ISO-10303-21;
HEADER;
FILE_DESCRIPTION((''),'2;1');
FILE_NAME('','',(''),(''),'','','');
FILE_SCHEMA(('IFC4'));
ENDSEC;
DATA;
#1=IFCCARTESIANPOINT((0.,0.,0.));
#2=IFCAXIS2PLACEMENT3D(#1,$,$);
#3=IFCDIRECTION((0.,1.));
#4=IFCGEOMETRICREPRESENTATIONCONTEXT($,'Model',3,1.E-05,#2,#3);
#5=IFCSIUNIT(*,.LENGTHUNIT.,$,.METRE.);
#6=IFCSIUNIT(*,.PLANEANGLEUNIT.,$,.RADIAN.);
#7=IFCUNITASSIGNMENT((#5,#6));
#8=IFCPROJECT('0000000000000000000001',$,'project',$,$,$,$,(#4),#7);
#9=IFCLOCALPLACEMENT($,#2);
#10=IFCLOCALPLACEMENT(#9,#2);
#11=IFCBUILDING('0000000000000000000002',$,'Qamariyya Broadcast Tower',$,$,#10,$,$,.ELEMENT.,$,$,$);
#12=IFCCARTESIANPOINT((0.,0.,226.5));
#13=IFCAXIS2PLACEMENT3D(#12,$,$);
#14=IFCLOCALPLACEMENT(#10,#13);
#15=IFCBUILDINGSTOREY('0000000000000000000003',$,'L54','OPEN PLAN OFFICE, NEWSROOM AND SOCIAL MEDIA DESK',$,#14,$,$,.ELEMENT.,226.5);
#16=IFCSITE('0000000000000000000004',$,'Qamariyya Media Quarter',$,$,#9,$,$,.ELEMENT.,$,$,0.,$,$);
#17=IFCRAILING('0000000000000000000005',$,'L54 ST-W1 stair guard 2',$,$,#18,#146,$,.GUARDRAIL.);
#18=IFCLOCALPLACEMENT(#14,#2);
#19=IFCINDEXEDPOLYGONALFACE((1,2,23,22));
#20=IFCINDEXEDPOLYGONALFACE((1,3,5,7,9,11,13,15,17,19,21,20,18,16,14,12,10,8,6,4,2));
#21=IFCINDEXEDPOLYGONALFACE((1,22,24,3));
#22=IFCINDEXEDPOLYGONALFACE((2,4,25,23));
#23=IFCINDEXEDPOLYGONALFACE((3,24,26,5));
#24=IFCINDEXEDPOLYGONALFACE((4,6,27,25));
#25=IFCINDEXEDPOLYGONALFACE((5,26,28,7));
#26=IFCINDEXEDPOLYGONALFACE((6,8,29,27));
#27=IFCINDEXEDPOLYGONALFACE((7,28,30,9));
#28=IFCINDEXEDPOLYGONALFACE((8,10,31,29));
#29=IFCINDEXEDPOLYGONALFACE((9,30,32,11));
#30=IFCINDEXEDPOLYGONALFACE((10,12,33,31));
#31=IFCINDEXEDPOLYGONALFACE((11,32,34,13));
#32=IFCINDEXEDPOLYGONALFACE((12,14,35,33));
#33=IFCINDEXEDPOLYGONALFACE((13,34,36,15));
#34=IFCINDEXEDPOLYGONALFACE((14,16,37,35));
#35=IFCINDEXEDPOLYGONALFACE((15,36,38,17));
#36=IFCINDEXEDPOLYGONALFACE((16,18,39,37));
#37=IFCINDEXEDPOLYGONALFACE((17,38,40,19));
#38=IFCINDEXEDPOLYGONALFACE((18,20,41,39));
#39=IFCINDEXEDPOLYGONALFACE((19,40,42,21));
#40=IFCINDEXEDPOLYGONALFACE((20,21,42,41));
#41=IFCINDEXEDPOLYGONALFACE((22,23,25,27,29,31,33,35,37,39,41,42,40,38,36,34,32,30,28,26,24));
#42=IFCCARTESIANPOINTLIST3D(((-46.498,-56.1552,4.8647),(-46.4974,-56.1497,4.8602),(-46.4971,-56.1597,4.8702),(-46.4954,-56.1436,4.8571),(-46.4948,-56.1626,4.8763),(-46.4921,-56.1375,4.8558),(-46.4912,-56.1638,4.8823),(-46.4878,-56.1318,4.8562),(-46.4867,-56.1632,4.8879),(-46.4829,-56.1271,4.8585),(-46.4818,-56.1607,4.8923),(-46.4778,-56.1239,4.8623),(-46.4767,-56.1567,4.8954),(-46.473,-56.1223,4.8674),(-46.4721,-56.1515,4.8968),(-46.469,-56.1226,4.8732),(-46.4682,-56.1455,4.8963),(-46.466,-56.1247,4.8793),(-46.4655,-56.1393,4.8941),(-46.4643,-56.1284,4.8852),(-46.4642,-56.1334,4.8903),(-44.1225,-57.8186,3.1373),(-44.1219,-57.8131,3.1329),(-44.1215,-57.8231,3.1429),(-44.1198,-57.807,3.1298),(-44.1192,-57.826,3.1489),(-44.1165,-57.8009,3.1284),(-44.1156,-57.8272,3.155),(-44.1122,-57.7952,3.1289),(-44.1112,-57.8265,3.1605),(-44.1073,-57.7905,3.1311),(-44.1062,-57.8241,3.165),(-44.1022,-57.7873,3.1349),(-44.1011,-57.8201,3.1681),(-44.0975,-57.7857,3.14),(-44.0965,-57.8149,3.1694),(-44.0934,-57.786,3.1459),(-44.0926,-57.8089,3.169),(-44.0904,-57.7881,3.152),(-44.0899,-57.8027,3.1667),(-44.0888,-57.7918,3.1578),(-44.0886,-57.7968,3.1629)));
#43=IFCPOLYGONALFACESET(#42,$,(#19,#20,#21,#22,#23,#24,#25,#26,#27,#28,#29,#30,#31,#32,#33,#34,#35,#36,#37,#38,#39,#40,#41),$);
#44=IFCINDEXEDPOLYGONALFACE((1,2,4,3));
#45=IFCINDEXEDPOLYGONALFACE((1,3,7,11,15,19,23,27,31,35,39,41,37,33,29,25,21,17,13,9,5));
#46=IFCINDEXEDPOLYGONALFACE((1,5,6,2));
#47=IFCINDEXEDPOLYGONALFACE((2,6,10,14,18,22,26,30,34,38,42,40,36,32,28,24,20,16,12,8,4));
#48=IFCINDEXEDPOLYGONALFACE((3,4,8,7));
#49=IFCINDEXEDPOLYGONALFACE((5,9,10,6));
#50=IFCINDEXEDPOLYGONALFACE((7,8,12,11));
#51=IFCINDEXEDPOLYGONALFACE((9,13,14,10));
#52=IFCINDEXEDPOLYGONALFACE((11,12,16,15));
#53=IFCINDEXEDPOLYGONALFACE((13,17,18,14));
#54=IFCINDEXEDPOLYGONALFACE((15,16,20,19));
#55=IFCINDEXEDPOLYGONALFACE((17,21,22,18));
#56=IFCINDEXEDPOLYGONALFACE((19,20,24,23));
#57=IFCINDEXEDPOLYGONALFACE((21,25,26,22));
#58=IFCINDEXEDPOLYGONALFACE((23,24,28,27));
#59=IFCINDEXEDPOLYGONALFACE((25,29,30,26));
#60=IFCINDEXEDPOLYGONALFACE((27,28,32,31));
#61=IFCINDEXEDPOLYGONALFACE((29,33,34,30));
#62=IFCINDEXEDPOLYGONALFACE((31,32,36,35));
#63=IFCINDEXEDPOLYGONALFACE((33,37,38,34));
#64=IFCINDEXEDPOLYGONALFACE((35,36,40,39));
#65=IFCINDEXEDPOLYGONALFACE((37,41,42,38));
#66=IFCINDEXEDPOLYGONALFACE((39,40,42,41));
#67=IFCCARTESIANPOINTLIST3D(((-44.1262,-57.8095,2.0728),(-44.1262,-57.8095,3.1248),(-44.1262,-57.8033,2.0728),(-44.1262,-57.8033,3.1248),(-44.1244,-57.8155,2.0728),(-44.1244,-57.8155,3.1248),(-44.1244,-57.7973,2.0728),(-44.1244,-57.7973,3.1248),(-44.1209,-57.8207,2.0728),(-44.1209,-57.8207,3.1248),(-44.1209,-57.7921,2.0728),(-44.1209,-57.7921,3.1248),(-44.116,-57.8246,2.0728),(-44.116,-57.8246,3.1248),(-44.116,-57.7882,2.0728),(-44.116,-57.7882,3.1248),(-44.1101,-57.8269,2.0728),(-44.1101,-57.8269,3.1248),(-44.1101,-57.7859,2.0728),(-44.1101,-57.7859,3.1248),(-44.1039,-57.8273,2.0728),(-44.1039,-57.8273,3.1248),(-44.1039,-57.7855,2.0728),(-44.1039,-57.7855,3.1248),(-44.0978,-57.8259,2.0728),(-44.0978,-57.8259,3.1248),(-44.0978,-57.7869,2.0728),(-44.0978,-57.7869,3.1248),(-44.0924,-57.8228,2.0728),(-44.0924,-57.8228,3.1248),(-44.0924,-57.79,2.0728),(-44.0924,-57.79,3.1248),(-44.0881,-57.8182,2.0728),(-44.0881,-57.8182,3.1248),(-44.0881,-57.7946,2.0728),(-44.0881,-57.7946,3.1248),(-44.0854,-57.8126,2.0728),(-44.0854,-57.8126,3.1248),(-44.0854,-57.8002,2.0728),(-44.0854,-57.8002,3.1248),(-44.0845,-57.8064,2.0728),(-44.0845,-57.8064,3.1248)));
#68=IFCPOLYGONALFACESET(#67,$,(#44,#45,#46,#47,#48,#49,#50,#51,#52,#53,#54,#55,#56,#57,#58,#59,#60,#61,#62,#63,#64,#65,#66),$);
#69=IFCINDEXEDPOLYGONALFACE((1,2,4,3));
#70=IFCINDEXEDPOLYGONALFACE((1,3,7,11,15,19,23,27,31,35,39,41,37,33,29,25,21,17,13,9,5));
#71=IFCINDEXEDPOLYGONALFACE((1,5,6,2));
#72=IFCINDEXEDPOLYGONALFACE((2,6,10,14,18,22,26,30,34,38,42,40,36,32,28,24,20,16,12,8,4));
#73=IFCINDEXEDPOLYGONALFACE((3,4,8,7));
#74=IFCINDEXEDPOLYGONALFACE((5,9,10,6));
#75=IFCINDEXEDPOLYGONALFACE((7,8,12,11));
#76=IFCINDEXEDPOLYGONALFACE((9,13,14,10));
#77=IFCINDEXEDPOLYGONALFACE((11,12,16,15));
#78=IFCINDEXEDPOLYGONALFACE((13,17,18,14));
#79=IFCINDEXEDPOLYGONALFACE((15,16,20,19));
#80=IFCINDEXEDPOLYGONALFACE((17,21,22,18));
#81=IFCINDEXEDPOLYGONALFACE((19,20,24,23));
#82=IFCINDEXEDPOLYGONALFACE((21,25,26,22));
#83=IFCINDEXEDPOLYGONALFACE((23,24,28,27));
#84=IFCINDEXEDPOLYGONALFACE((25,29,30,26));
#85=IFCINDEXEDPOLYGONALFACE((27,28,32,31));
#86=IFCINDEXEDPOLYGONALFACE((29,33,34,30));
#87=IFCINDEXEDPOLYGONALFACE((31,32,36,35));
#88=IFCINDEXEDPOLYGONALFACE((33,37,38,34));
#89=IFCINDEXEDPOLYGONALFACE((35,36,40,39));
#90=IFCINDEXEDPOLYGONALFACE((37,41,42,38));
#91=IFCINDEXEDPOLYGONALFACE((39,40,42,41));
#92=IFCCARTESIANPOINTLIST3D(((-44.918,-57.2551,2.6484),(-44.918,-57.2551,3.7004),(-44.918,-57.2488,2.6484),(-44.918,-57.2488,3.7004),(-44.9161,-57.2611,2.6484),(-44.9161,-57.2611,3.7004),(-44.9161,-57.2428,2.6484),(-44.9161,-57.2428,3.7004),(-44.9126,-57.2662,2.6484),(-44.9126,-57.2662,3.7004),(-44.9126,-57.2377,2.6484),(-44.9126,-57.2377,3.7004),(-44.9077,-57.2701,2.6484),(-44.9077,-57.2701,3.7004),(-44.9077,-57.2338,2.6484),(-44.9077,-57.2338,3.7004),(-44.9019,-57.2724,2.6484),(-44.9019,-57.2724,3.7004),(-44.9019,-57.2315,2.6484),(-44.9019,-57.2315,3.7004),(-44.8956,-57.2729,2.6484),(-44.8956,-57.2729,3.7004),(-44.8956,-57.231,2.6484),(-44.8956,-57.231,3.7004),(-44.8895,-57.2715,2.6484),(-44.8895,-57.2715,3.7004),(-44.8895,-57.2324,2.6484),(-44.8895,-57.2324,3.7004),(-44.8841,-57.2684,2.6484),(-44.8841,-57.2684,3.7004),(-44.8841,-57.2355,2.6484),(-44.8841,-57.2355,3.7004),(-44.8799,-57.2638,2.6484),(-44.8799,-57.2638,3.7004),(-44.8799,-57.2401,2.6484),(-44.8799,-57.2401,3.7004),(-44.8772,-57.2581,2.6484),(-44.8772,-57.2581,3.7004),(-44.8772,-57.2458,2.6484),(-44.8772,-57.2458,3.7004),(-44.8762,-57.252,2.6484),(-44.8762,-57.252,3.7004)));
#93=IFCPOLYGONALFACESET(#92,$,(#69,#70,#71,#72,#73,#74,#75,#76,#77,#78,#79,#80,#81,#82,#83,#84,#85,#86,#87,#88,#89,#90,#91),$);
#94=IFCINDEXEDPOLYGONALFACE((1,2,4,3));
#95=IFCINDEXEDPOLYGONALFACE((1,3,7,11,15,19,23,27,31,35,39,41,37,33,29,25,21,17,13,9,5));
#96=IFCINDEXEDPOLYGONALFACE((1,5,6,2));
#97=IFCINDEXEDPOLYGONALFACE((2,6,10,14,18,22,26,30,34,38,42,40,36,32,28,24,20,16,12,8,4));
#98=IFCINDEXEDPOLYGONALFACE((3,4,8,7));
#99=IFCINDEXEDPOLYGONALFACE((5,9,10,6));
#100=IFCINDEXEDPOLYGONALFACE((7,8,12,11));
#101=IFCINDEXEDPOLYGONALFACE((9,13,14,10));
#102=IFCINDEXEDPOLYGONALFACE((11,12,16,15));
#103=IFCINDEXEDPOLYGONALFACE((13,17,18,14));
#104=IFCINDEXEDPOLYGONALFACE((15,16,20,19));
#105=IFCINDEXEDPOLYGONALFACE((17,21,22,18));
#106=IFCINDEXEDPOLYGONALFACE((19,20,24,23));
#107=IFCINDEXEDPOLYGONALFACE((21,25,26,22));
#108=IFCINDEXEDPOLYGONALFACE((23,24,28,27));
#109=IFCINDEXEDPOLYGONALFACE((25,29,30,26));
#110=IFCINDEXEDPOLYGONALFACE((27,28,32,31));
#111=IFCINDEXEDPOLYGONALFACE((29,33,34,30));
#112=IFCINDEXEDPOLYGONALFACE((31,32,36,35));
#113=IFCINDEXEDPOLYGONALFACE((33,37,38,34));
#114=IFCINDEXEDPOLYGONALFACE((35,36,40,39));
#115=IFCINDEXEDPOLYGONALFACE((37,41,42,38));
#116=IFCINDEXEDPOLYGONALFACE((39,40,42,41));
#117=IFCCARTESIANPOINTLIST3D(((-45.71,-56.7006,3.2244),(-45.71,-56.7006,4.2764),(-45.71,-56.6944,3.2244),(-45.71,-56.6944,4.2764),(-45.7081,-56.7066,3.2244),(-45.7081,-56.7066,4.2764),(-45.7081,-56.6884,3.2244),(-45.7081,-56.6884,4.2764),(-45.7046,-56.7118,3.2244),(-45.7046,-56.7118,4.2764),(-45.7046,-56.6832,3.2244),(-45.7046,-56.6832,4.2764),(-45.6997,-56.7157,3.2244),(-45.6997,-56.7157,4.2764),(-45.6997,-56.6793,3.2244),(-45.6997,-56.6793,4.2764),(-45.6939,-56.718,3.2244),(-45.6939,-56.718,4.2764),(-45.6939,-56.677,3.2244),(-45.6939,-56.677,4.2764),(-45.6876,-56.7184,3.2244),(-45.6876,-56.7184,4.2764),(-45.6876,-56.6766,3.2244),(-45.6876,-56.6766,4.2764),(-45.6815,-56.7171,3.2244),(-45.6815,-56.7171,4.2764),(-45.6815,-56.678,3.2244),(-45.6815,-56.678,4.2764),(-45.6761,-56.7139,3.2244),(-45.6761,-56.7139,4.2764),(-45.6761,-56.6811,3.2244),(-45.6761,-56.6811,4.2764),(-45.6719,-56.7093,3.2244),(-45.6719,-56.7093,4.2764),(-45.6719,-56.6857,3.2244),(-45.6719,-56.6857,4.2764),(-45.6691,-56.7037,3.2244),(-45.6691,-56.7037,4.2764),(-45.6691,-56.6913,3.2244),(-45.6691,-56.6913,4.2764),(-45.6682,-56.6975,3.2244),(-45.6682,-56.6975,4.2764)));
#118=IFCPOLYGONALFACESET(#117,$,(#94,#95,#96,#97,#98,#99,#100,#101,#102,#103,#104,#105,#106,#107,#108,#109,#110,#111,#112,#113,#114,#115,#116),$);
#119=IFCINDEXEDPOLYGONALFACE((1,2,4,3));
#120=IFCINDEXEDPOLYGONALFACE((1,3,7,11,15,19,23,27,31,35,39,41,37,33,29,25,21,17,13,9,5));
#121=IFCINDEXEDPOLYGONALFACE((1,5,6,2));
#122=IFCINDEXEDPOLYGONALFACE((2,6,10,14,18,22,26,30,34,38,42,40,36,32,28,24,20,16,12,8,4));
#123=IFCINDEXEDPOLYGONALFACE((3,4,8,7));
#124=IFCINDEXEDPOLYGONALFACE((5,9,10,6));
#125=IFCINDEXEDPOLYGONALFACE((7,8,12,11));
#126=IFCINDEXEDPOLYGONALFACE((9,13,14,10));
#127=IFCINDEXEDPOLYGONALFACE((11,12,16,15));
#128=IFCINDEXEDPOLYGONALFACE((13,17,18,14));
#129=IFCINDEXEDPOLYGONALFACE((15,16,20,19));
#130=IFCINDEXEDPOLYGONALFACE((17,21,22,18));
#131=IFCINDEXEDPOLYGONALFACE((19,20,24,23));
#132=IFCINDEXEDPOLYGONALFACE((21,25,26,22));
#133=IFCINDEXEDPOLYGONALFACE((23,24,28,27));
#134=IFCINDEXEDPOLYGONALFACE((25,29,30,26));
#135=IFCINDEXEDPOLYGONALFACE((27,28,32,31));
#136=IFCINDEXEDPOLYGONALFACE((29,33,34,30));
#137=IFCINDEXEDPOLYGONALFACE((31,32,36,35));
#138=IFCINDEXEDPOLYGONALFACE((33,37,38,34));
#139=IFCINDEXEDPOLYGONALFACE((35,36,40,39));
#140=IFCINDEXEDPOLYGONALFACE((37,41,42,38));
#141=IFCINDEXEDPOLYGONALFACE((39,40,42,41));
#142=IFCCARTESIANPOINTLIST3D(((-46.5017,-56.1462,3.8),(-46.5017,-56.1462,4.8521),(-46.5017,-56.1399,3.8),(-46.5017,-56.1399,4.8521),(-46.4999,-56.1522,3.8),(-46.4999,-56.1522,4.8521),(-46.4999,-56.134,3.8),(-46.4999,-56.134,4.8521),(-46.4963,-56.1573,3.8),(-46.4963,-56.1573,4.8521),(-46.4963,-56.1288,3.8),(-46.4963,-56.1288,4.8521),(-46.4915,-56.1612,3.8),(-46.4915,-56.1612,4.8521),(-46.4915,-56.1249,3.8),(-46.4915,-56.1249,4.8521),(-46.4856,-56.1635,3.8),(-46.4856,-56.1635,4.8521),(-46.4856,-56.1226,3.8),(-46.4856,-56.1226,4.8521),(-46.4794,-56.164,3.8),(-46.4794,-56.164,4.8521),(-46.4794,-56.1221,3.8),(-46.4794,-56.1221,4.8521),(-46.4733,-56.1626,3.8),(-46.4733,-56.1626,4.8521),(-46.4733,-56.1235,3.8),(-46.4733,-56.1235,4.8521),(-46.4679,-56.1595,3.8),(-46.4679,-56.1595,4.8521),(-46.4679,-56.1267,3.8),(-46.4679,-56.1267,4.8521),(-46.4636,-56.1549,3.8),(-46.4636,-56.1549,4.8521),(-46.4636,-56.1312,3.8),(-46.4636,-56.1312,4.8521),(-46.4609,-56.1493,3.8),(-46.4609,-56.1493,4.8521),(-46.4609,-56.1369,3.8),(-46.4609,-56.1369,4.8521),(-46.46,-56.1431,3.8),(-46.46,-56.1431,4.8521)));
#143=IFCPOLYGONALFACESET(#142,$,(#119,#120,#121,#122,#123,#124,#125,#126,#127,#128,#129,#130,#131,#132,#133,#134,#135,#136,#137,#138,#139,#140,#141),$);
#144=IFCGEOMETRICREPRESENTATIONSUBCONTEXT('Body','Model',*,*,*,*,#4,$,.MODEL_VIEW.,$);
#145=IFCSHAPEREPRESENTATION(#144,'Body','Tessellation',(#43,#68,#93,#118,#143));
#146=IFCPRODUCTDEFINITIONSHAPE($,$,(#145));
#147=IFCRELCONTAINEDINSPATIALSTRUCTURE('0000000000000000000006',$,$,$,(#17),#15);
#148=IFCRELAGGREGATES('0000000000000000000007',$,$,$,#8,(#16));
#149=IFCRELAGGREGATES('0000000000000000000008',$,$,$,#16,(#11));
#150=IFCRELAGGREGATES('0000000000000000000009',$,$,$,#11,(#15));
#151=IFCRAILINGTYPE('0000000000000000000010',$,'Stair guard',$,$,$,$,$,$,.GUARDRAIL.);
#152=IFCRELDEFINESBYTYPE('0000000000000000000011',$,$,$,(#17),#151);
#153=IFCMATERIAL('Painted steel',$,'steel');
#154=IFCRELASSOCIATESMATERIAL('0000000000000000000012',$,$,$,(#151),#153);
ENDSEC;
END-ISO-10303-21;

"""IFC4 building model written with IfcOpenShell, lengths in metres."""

from ifc_helpers import new_model, si_unit, direction, frame, origin, origin_2d, place, context, subcontext, project, spatial, circle, extrude, material, type_object, element, save


model = new_model("IFC4")

# Units and contexts
model_context = context("Model", 3, precision=1e-05, world=origin(), true_north=direction((0.0, 1.0)))
body_context = subcontext(model_context, "Body", "Model", "MODEL_VIEW")
ifc_project = project(units=[si_unit("LENGTHUNIT", "METRE"), si_unit("PLANEANGLEUNIT", "RADIAN")], contexts=[model_context])

# Site, building, storey
site_placement = place(None, origin())
site = spatial("IfcSite", under=ifc_project, at=site_placement, Name="Qamariyya Media Quarter", CompositionType="ELEMENT", RefElevation=0.0)
building_placement = place(site_placement, origin())
building = spatial("IfcBuilding", under=site, at=building_placement, Name="Qamariyya Broadcast Tower", CompositionType="ELEMENT")
storey_placement = place(building_placement, frame((0.0, 0.0, 226.5)))
storey = spatial("IfcBuildingStorey", under=building, at=storey_placement, Name="L54", Description="OPEN PLAN OFFICE, NEWSROOM AND SOCIAL MEDIA DESK", CompositionType="ELEMENT", Elevation=226.5)

# Railing
ifc_material_1 = material(Name="Painted steel", Category="steel")
railing_type_1 = type_object("IfcRailingType", Name="Stair guard", PredefinedType="GUARDRAIL", material=ifc_material_1)
railing_1_placement = place(storey_placement, frame((-44.1055, -57.8064, 2.0728)))
element("IfcRailing", 1, at=railing_1_placement, inside=storey, type_object=railing_type_1, Name="L54 ST-W1 stair guard 2", PredefinedType="GUARDRAIL", context=body_context, shape_type="SweptSolid", body=[
    extrude(circle(Radius=0.0239, at=origin_2d()), frame((0.0, 0.0, 1.0762), z_axis=(-0.70377, 0.492784, 0.511734), x_axis=(-0.573575, -0.819153, 0.0)), (0.0, 0.0, 1.0), 3.3755),
    extrude(circle(Radius=0.021, at=origin_2d()), origin(), (0.0, 0.0, 1.0), 1.052),
    extrude(circle(Radius=0.021, at=origin_2d()), frame((-0.7917, 0.5544, 0.5757)), (0.0, 0.0, 1.0), 1.052),
    extrude(circle(Radius=0.021, at=origin_2d()), frame((-1.5837, 1.1089, 1.1516)), (0.0, 0.0, 1.0), 1.052),
    extrude(circle(Radius=0.021, at=origin_2d()), frame((-2.3755, 1.6633, 1.7273)), (0.0, 0.0, 1.0), 1.052),
])

save(model, "model.ifc")
